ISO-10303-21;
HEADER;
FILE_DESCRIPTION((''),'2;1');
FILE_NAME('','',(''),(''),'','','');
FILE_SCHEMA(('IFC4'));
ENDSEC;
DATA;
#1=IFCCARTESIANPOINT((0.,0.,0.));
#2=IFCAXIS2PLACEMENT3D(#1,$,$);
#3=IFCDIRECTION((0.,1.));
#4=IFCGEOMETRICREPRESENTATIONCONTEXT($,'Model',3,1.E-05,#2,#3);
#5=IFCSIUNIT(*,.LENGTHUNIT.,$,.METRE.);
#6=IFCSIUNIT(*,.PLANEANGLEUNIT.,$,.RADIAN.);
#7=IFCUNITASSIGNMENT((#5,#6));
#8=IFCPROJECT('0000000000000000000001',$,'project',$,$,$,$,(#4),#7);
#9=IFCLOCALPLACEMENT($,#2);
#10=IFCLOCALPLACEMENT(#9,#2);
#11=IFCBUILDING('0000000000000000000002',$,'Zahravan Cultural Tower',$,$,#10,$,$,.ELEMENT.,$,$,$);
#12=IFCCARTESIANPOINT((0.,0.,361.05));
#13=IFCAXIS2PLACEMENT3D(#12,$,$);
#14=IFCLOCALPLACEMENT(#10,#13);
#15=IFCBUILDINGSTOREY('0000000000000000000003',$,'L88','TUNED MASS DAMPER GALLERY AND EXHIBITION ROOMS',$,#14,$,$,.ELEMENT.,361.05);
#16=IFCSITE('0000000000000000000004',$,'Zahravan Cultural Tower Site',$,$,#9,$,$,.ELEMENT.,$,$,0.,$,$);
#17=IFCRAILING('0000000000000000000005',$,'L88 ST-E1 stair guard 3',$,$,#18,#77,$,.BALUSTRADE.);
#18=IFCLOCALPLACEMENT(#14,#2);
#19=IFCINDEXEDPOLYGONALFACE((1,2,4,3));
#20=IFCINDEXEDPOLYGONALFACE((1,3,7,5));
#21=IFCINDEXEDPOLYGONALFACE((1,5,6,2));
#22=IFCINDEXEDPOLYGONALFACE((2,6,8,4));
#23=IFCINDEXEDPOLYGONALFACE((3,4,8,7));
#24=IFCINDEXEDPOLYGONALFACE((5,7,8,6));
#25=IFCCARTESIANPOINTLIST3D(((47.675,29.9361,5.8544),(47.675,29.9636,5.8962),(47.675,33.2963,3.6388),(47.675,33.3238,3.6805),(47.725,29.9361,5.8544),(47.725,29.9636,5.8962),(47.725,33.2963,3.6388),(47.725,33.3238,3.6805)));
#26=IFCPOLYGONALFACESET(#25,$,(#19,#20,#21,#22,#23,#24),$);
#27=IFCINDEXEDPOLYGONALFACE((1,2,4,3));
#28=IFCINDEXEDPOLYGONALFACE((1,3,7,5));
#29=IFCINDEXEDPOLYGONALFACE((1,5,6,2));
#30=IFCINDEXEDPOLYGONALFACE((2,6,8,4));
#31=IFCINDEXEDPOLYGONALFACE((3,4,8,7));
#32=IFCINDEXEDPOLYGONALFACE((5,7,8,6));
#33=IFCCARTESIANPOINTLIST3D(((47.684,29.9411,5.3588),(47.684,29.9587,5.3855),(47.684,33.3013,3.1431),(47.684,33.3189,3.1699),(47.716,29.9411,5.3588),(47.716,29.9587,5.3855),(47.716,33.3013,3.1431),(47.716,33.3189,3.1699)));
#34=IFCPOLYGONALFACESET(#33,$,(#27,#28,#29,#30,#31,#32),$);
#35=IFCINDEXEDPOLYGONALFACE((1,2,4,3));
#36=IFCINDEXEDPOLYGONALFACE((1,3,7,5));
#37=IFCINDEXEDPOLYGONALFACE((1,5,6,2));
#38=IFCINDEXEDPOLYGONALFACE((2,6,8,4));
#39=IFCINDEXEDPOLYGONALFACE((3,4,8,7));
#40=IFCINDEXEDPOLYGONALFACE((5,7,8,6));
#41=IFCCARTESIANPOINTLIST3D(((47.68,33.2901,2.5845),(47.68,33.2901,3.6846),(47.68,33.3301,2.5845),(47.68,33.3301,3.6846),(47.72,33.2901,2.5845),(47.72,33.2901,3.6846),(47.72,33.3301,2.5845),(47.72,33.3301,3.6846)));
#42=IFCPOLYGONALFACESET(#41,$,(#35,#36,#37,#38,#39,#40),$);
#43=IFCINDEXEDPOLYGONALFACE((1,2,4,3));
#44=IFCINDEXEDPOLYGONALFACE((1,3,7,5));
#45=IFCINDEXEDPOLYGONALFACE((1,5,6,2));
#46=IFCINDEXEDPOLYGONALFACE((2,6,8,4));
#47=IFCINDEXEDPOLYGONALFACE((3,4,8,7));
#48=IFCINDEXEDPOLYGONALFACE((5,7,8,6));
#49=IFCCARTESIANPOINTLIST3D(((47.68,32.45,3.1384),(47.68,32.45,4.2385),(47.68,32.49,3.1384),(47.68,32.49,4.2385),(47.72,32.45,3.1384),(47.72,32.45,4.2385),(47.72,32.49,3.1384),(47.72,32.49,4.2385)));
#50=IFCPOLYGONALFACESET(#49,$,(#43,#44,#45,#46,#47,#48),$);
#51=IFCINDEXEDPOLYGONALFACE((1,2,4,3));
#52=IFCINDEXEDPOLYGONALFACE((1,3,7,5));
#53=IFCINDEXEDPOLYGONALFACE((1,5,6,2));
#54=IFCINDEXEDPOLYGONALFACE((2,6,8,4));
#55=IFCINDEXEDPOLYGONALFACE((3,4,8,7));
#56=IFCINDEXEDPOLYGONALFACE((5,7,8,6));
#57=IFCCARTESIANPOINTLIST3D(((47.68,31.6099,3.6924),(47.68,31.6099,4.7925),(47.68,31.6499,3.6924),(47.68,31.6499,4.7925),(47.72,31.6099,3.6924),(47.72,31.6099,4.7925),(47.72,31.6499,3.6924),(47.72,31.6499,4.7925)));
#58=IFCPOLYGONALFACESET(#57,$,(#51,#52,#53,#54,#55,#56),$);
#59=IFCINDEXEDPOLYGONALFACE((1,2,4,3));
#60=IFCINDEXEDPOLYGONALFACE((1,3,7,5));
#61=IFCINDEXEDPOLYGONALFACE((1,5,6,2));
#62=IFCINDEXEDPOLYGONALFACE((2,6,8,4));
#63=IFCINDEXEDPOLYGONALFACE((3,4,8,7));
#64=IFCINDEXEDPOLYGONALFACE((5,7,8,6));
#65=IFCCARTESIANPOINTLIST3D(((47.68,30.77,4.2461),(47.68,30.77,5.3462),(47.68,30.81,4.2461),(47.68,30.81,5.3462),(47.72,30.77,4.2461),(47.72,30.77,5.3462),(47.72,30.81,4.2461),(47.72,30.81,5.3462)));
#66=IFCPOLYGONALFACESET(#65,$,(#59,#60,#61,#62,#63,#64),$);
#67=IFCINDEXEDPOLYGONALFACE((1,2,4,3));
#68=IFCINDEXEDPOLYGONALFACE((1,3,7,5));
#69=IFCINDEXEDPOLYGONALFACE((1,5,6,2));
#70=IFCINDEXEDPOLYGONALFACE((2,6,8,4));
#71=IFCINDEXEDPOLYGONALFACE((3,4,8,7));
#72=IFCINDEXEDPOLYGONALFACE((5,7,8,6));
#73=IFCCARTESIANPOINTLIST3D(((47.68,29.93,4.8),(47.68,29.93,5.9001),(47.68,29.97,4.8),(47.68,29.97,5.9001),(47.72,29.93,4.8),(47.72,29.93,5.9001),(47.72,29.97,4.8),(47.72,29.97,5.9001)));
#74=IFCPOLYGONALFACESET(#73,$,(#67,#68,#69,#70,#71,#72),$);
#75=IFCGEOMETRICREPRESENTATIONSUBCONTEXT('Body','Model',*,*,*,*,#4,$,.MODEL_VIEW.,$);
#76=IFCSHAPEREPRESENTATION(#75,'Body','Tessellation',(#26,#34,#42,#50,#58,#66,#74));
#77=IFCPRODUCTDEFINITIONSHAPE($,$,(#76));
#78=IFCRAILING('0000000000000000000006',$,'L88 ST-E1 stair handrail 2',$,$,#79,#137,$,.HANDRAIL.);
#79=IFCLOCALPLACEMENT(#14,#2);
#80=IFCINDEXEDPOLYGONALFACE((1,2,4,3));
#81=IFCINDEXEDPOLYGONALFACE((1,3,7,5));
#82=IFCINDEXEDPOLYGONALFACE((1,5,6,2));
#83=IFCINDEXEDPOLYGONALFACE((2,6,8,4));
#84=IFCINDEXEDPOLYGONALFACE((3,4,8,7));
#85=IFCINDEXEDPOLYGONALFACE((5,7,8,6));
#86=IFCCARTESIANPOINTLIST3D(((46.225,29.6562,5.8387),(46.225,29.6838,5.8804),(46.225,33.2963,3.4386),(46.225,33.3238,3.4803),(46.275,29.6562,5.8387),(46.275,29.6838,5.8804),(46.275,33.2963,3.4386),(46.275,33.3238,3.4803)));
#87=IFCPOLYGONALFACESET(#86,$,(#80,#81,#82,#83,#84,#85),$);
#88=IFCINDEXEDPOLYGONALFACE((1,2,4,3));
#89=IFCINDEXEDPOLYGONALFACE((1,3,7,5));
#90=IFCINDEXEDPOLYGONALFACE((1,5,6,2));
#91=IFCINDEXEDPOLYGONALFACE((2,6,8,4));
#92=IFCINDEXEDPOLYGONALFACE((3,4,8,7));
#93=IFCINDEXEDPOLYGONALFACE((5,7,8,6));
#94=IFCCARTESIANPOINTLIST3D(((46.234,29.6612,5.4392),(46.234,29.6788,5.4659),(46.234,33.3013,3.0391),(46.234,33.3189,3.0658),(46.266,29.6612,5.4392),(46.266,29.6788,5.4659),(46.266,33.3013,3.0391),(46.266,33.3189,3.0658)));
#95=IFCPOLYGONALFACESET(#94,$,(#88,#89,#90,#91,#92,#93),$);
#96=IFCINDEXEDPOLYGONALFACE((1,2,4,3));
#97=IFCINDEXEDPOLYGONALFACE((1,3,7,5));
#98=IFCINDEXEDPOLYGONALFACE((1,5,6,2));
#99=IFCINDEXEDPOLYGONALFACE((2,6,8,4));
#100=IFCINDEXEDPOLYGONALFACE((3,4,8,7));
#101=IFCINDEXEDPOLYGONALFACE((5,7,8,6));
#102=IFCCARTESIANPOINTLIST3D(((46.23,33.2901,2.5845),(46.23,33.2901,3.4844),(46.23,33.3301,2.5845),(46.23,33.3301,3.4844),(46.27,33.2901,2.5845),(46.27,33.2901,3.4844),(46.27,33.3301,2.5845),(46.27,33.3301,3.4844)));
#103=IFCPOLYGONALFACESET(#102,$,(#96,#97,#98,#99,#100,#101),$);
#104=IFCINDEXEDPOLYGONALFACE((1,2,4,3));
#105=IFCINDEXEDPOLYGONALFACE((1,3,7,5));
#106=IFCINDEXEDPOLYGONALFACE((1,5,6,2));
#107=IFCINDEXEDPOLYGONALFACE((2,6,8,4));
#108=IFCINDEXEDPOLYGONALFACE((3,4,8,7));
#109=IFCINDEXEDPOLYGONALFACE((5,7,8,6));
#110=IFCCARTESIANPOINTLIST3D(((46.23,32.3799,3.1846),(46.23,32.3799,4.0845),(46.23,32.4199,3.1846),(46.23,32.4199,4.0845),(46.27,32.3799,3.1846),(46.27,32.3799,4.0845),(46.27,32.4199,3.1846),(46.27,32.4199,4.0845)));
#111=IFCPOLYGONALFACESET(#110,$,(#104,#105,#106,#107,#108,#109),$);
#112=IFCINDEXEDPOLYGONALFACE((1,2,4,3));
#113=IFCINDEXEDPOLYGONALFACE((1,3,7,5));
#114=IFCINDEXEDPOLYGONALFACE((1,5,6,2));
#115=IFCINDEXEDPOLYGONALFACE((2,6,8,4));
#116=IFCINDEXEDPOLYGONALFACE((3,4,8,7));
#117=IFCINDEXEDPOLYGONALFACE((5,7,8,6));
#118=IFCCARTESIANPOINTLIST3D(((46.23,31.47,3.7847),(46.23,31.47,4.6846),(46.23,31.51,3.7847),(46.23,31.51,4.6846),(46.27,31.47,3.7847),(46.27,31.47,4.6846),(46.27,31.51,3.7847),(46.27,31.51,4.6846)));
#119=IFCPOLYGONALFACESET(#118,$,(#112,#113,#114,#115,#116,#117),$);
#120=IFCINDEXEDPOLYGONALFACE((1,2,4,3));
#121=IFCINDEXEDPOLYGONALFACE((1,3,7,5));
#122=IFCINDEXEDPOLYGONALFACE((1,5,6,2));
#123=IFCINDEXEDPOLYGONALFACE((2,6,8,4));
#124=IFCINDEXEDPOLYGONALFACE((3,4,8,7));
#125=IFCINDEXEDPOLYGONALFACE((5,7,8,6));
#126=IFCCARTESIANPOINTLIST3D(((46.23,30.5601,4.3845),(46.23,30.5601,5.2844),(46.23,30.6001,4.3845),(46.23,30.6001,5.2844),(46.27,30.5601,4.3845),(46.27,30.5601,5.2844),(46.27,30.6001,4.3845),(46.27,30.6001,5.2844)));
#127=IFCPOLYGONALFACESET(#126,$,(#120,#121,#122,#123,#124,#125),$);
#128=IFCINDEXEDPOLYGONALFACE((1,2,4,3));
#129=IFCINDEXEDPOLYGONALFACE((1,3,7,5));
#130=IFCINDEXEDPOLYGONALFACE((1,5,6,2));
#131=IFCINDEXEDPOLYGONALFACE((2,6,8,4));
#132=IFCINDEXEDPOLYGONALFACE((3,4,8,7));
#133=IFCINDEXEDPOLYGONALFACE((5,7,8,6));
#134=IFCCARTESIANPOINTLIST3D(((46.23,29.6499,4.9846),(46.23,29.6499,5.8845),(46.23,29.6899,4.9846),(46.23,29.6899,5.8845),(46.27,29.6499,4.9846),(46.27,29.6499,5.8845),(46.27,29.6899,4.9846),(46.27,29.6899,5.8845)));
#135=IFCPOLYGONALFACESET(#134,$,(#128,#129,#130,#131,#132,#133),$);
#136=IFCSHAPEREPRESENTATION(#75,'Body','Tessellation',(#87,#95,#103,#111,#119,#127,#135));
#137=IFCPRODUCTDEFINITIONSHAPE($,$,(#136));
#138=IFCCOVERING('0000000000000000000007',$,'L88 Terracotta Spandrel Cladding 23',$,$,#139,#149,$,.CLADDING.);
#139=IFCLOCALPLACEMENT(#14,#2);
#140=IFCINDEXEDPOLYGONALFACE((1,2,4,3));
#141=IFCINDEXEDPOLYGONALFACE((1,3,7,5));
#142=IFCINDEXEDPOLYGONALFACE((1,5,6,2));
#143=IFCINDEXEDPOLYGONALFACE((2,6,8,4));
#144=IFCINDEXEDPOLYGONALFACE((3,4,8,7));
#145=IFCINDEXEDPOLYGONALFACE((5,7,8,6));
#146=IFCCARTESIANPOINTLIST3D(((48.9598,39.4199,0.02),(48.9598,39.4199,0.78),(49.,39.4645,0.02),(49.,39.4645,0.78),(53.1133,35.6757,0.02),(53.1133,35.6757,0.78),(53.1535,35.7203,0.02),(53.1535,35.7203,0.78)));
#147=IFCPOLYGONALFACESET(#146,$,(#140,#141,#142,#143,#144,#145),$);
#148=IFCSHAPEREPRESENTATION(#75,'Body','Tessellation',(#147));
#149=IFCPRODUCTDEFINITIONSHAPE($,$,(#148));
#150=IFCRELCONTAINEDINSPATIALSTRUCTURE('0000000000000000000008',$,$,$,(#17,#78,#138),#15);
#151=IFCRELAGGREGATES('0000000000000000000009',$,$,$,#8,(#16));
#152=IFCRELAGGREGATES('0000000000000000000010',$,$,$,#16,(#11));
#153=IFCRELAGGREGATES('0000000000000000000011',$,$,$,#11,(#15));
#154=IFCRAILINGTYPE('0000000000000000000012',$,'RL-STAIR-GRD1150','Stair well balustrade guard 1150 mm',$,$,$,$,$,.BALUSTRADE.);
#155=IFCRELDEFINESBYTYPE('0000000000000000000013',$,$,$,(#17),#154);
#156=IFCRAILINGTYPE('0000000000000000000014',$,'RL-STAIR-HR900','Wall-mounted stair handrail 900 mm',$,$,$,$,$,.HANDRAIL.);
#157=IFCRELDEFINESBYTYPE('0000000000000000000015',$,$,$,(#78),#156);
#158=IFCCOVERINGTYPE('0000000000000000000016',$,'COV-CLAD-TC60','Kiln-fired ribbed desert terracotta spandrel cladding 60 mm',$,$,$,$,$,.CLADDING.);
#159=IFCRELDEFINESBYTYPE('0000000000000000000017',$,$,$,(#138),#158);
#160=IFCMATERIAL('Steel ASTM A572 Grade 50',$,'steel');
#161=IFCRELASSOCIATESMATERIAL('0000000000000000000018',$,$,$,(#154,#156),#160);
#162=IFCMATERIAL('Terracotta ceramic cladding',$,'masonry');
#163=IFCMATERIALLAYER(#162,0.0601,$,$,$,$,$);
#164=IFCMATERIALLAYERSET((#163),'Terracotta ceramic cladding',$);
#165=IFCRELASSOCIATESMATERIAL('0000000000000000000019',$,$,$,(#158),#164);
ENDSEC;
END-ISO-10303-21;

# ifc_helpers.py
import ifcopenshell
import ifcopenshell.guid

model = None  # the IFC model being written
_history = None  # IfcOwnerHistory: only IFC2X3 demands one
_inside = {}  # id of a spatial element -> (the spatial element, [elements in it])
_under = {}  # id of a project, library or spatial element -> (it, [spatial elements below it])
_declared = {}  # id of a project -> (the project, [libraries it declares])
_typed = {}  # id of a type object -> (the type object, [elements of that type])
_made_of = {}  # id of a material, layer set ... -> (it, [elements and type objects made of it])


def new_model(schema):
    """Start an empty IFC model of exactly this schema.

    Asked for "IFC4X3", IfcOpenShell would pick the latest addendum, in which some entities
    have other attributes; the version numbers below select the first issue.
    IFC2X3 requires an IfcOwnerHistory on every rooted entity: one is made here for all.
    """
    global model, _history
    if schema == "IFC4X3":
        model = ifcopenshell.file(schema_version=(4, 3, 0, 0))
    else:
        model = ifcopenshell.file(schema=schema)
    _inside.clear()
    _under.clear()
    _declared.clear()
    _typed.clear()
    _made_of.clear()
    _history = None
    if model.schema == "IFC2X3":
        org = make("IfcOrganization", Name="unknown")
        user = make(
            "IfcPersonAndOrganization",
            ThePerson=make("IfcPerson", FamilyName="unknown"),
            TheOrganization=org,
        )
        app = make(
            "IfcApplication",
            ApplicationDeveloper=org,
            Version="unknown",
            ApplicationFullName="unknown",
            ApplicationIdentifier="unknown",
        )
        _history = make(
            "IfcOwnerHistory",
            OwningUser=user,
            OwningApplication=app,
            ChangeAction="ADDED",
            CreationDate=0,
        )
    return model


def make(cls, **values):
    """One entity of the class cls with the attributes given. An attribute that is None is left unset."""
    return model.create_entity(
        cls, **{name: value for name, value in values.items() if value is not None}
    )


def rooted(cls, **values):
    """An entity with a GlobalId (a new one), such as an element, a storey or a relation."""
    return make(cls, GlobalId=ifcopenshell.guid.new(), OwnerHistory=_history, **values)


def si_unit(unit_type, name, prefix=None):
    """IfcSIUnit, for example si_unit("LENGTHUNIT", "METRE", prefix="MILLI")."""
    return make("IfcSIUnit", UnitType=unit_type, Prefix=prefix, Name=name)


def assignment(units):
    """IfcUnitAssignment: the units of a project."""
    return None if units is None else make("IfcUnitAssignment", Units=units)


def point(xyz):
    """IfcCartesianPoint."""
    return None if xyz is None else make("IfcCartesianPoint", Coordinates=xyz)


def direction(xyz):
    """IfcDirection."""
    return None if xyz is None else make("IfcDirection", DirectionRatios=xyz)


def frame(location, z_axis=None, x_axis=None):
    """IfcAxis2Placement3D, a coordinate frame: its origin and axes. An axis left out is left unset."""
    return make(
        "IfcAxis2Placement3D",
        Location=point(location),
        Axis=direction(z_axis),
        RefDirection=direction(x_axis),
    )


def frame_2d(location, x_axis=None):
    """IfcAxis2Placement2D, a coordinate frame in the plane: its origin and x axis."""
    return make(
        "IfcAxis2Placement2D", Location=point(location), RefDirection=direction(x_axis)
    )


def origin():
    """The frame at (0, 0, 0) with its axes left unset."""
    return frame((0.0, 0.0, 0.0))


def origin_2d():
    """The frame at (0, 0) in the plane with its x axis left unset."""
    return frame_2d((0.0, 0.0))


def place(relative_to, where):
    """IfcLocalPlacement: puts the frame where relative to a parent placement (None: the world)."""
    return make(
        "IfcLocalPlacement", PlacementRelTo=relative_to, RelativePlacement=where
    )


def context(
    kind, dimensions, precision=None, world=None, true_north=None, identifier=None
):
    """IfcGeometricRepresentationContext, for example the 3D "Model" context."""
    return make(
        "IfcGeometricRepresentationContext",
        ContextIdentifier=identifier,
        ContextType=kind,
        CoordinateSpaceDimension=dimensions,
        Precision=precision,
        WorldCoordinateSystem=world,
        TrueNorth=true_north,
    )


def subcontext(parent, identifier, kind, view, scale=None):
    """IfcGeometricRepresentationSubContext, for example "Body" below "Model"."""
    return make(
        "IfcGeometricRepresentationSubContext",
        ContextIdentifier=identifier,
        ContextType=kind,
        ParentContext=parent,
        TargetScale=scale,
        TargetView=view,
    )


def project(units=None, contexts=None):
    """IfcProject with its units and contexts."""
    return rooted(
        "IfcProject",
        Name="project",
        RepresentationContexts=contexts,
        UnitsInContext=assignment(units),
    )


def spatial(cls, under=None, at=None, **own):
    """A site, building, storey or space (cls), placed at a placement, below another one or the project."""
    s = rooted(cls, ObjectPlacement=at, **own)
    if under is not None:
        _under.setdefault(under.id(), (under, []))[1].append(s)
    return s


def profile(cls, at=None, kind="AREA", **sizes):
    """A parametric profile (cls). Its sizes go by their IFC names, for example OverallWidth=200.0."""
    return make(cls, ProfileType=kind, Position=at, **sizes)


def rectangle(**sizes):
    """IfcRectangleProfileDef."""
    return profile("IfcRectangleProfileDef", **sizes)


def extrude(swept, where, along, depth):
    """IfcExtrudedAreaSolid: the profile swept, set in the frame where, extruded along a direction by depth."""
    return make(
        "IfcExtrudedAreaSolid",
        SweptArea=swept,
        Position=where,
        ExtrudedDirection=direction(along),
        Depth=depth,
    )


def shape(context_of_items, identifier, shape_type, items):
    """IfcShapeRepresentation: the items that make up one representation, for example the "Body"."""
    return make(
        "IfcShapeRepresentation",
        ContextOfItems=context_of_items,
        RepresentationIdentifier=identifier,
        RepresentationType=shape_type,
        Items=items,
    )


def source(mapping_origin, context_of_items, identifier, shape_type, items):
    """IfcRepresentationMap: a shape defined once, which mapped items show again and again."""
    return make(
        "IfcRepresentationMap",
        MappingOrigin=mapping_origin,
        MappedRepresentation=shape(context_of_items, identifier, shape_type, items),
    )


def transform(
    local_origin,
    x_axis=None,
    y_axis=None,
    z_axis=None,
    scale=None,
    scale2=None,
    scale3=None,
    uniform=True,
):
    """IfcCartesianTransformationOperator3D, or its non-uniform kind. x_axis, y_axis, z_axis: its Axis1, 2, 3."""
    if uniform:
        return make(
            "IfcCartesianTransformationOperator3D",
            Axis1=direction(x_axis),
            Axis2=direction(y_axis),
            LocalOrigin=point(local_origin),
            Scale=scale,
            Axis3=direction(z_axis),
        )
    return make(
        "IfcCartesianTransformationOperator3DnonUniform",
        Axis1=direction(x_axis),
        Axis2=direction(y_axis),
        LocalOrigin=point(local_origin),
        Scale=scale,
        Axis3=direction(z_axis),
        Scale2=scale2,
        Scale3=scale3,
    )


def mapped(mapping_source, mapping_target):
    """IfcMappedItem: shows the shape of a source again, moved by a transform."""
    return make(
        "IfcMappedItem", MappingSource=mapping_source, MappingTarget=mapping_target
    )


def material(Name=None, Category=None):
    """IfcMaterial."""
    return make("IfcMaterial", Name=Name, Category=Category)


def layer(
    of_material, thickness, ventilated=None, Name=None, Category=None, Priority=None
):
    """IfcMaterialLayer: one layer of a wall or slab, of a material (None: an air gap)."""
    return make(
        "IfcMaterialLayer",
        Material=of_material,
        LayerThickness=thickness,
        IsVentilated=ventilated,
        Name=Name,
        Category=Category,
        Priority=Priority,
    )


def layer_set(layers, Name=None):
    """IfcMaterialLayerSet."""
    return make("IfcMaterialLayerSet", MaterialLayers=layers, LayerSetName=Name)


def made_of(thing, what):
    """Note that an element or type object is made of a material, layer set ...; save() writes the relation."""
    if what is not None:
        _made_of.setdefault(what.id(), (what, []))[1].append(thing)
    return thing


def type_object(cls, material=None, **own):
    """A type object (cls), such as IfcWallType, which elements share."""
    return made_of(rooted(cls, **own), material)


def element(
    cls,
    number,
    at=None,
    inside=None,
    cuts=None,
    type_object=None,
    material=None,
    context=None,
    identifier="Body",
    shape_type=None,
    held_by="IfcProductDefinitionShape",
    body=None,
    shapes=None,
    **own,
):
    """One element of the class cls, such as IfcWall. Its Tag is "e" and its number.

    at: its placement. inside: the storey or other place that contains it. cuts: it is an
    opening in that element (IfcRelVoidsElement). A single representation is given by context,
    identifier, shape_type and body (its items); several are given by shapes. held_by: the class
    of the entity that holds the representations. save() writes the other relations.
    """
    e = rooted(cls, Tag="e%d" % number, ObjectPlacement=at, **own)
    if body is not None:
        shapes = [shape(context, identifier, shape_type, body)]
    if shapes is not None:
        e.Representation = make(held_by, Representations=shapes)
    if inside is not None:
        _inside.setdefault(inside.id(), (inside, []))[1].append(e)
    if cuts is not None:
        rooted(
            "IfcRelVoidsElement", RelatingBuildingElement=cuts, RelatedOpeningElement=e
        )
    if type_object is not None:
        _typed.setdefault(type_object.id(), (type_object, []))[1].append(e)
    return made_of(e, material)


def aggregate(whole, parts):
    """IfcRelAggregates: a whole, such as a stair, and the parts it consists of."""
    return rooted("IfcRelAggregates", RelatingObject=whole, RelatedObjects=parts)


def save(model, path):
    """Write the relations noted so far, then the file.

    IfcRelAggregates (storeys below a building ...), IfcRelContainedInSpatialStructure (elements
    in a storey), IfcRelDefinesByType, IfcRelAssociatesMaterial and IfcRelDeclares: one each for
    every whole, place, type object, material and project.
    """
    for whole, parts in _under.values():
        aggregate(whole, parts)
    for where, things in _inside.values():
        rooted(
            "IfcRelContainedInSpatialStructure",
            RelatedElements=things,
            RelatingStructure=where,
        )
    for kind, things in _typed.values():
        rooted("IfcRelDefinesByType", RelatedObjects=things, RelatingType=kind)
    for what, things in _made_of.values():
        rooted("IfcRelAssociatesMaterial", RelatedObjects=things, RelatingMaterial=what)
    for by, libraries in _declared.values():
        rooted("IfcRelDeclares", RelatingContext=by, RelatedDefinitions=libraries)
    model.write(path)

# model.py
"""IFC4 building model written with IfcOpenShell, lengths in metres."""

from ifc_helpers import new_model, si_unit, direction, frame, origin, origin_2d, place, context, subcontext, project, spatial, rectangle, extrude, source, transform, mapped, material, layer, layer_set, type_object, element, save


model = new_model("IFC4")

# Units and contexts
model_context = context("Model", 3, precision=1e-05, world=origin(), true_north=direction((0.0, 1.0)))
body_context = subcontext(model_context, "Body", "Model", "MODEL_VIEW")
ifc_project = project(units=[si_unit("LENGTHUNIT", "METRE"), si_unit("PLANEANGLEUNIT", "RADIAN")], contexts=[model_context])

# Site, building, storey
site_placement = place(None, origin())
site = spatial("IfcSite", under=ifc_project, at=site_placement, Name="Zahravan Cultural Tower Site", CompositionType="ELEMENT", RefElevation=0.0)
building_placement = place(site_placement, origin())
building = spatial("IfcBuilding", under=site, at=building_placement, Name="Zahravan Cultural Tower", CompositionType="ELEMENT")
storey_placement = place(building_placement, frame((0.0, 0.0, 361.05)))
storey = spatial("IfcBuildingStorey", under=building, at=storey_placement, Name="L88", Description="TUNED MASS DAMPER GALLERY AND EXHIBITION ROOMS", CompositionType="ELEMENT", Elevation=361.05)

# Railings
ifc_material_1 = material(Name="Steel ASTM A572 Grade 50", Category="steel")
railing_type_1 = type_object("IfcRailingType", Name="RL-STAIR-GRD1150", Description="Stair well balustrade guard 1150 mm", PredefinedType="BALUSTRADE", material=ifc_material_1)
railing_1_placement = place(storey_placement, frame((47.7, 33.3101, 2.5845)))
element("IfcRailing", 1, at=railing_1_placement, inside=storey, type_object=railing_type_1, Name="L88 ST-E1 stair guard 3", PredefinedType="BALUSTRADE", context=body_context, shape_type="SweptSolid", body=[
    extrude(rectangle(XDim=0.05, YDim=0.05, at=origin_2d()), frame((0.0, 0.0, 1.0752), z_axis=(0.0, -0.834849, 0.55048), x_axis=(1.0, 0.0, 0.0)), (0.0, 0.0, 1.0), 4.0249),
    extrude(rectangle(XDim=0.032, YDim=0.032, at=origin_2d()), frame((0.0, 0.0, 0.572), z_axis=(0.0, -0.834849, 0.55048), x_axis=(1.0, 0.0, 0.0)), (0.0, 0.0, 1.0), 4.0249),
    extrude(rectangle(XDim=0.04, YDim=0.04, at=origin_2d()), origin(), (0.0, 0.0, 1.0), 1.1001),
    extrude(rectangle(XDim=0.04, YDim=0.04, at=origin_2d()), frame((0.0, -0.8401, 0.554)), (0.0, 0.0, 1.0), 1.1001),
    extrude(rectangle(XDim=0.04, YDim=0.04, at=origin_2d()), frame((0.0, -1.6802, 1.1079)), (0.0, 0.0, 1.0), 1.1001),
    extrude(rectangle(XDim=0.04, YDim=0.04, at=origin_2d()), frame((0.0, -2.52, 1.6616)), (0.0, 0.0, 1.0), 1.1001),
    extrude(rectangle(XDim=0.04, YDim=0.04, at=origin_2d()), frame((0.0, -3.3601, 2.2156)), (0.0, 0.0, 1.0), 1.1001),
])
railing_type_2 = type_object("IfcRailingType", Name="RL-STAIR-HR900", Description="Wall-mounted stair handrail 900 mm", PredefinedType="HANDRAIL", material=ifc_material_1)
railing_2_placement = place(storey_placement, frame((46.25, 33.3101, 2.5845)))
element("IfcRailing", 2, at=railing_2_placement, inside=storey, type_object=railing_type_2, Name="L88 ST-E1 stair handrail 2", PredefinedType="HANDRAIL", context=body_context, shape_type="SweptSolid", body=[
    extrude(rectangle(XDim=0.05, YDim=0.05, at=origin_2d()), frame((0.0, 0.0, 0.875), z_axis=(0.0, -0.834856, 0.550468), x_axis=(1.0, 0.0, 0.0)), (0.0, 0.0, 1.0), 4.3601),
    extrude(rectangle(XDim=0.032, YDim=0.032, at=origin_2d()), frame((0.0, 0.0, 0.468), z_axis=(0.0, -0.834856, 0.550468), x_axis=(1.0, 0.0, 0.0)), (0.0, 0.0, 1.0), 4.3601),
    extrude(rectangle(XDim=0.04, YDim=0.04, at=origin_2d()), origin(), (0.0, 0.0, 1.0), 0.8999),
    extrude(rectangle(XDim=0.04, YDim=0.04, at=origin_2d()), frame((0.0, -0.9102, 0.6001)), (0.0, 0.0, 1.0), 0.8999),
    extrude(rectangle(XDim=0.04, YDim=0.04, at=origin_2d()), frame((0.0, -1.8201, 1.2002)), (0.0, 0.0, 1.0), 0.8999),
    extrude(rectangle(XDim=0.04, YDim=0.04, at=origin_2d()), frame((0.0, -2.73, 1.8)), (0.0, 0.0, 1.0), 0.8999),
    extrude(rectangle(XDim=0.04, YDim=0.04, at=origin_2d()), frame((0.0, -3.6401, 2.4001)), (0.0, 0.0, 1.0), 0.8999),
])

# Covering
ifc_material_2 = material(Name="Terracotta ceramic cladding", Category="masonry")
ifc_layer_1 = layer(ifc_material_2, 0.0601)
ifc_layer_set_1 = layer_set([ifc_layer_1], Name="Terracotta ceramic cladding")
covering_type = type_object("IfcCoveringType", Name="COV-CLAD-TC60", Description="Kiln-fired ribbed desert terracotta spandrel cladding 60 mm", PredefinedType="CLADDING", material=ifc_layer_set_1)
shared_shape_1 = source(origin(), body_context, "Body", "SweptSolid", [
    extrude(rectangle(XDim=5.592, YDim=0.0601, at=origin_2d()), origin(), (0.0, 0.0, 1.0), 0.76),
])
covering_placement = place(storey_placement, frame((51.0566, 37.5701, 0.02), z_axis=(0.0, 0.0, 1.0), x_axis=(0.742759, -0.669559, 0.0)))
element("IfcCovering", 3, at=covering_placement, inside=storey, type_object=covering_type, Name="L88 Terracotta Spandrel Cladding 23", PredefinedType="CLADDING", context=body_context, shape_type="MappedRepresentation", body=[
    mapped(shared_shape_1, transform((0.0, 0.0, 0.0), x_axis=(1.0, 0.0, 0.0), y_axis=(0.0, 1.0, 0.0), z_axis=(0.0, 0.0, 1.0), scale=1.0)),
])

save(model, "model.ifc")
